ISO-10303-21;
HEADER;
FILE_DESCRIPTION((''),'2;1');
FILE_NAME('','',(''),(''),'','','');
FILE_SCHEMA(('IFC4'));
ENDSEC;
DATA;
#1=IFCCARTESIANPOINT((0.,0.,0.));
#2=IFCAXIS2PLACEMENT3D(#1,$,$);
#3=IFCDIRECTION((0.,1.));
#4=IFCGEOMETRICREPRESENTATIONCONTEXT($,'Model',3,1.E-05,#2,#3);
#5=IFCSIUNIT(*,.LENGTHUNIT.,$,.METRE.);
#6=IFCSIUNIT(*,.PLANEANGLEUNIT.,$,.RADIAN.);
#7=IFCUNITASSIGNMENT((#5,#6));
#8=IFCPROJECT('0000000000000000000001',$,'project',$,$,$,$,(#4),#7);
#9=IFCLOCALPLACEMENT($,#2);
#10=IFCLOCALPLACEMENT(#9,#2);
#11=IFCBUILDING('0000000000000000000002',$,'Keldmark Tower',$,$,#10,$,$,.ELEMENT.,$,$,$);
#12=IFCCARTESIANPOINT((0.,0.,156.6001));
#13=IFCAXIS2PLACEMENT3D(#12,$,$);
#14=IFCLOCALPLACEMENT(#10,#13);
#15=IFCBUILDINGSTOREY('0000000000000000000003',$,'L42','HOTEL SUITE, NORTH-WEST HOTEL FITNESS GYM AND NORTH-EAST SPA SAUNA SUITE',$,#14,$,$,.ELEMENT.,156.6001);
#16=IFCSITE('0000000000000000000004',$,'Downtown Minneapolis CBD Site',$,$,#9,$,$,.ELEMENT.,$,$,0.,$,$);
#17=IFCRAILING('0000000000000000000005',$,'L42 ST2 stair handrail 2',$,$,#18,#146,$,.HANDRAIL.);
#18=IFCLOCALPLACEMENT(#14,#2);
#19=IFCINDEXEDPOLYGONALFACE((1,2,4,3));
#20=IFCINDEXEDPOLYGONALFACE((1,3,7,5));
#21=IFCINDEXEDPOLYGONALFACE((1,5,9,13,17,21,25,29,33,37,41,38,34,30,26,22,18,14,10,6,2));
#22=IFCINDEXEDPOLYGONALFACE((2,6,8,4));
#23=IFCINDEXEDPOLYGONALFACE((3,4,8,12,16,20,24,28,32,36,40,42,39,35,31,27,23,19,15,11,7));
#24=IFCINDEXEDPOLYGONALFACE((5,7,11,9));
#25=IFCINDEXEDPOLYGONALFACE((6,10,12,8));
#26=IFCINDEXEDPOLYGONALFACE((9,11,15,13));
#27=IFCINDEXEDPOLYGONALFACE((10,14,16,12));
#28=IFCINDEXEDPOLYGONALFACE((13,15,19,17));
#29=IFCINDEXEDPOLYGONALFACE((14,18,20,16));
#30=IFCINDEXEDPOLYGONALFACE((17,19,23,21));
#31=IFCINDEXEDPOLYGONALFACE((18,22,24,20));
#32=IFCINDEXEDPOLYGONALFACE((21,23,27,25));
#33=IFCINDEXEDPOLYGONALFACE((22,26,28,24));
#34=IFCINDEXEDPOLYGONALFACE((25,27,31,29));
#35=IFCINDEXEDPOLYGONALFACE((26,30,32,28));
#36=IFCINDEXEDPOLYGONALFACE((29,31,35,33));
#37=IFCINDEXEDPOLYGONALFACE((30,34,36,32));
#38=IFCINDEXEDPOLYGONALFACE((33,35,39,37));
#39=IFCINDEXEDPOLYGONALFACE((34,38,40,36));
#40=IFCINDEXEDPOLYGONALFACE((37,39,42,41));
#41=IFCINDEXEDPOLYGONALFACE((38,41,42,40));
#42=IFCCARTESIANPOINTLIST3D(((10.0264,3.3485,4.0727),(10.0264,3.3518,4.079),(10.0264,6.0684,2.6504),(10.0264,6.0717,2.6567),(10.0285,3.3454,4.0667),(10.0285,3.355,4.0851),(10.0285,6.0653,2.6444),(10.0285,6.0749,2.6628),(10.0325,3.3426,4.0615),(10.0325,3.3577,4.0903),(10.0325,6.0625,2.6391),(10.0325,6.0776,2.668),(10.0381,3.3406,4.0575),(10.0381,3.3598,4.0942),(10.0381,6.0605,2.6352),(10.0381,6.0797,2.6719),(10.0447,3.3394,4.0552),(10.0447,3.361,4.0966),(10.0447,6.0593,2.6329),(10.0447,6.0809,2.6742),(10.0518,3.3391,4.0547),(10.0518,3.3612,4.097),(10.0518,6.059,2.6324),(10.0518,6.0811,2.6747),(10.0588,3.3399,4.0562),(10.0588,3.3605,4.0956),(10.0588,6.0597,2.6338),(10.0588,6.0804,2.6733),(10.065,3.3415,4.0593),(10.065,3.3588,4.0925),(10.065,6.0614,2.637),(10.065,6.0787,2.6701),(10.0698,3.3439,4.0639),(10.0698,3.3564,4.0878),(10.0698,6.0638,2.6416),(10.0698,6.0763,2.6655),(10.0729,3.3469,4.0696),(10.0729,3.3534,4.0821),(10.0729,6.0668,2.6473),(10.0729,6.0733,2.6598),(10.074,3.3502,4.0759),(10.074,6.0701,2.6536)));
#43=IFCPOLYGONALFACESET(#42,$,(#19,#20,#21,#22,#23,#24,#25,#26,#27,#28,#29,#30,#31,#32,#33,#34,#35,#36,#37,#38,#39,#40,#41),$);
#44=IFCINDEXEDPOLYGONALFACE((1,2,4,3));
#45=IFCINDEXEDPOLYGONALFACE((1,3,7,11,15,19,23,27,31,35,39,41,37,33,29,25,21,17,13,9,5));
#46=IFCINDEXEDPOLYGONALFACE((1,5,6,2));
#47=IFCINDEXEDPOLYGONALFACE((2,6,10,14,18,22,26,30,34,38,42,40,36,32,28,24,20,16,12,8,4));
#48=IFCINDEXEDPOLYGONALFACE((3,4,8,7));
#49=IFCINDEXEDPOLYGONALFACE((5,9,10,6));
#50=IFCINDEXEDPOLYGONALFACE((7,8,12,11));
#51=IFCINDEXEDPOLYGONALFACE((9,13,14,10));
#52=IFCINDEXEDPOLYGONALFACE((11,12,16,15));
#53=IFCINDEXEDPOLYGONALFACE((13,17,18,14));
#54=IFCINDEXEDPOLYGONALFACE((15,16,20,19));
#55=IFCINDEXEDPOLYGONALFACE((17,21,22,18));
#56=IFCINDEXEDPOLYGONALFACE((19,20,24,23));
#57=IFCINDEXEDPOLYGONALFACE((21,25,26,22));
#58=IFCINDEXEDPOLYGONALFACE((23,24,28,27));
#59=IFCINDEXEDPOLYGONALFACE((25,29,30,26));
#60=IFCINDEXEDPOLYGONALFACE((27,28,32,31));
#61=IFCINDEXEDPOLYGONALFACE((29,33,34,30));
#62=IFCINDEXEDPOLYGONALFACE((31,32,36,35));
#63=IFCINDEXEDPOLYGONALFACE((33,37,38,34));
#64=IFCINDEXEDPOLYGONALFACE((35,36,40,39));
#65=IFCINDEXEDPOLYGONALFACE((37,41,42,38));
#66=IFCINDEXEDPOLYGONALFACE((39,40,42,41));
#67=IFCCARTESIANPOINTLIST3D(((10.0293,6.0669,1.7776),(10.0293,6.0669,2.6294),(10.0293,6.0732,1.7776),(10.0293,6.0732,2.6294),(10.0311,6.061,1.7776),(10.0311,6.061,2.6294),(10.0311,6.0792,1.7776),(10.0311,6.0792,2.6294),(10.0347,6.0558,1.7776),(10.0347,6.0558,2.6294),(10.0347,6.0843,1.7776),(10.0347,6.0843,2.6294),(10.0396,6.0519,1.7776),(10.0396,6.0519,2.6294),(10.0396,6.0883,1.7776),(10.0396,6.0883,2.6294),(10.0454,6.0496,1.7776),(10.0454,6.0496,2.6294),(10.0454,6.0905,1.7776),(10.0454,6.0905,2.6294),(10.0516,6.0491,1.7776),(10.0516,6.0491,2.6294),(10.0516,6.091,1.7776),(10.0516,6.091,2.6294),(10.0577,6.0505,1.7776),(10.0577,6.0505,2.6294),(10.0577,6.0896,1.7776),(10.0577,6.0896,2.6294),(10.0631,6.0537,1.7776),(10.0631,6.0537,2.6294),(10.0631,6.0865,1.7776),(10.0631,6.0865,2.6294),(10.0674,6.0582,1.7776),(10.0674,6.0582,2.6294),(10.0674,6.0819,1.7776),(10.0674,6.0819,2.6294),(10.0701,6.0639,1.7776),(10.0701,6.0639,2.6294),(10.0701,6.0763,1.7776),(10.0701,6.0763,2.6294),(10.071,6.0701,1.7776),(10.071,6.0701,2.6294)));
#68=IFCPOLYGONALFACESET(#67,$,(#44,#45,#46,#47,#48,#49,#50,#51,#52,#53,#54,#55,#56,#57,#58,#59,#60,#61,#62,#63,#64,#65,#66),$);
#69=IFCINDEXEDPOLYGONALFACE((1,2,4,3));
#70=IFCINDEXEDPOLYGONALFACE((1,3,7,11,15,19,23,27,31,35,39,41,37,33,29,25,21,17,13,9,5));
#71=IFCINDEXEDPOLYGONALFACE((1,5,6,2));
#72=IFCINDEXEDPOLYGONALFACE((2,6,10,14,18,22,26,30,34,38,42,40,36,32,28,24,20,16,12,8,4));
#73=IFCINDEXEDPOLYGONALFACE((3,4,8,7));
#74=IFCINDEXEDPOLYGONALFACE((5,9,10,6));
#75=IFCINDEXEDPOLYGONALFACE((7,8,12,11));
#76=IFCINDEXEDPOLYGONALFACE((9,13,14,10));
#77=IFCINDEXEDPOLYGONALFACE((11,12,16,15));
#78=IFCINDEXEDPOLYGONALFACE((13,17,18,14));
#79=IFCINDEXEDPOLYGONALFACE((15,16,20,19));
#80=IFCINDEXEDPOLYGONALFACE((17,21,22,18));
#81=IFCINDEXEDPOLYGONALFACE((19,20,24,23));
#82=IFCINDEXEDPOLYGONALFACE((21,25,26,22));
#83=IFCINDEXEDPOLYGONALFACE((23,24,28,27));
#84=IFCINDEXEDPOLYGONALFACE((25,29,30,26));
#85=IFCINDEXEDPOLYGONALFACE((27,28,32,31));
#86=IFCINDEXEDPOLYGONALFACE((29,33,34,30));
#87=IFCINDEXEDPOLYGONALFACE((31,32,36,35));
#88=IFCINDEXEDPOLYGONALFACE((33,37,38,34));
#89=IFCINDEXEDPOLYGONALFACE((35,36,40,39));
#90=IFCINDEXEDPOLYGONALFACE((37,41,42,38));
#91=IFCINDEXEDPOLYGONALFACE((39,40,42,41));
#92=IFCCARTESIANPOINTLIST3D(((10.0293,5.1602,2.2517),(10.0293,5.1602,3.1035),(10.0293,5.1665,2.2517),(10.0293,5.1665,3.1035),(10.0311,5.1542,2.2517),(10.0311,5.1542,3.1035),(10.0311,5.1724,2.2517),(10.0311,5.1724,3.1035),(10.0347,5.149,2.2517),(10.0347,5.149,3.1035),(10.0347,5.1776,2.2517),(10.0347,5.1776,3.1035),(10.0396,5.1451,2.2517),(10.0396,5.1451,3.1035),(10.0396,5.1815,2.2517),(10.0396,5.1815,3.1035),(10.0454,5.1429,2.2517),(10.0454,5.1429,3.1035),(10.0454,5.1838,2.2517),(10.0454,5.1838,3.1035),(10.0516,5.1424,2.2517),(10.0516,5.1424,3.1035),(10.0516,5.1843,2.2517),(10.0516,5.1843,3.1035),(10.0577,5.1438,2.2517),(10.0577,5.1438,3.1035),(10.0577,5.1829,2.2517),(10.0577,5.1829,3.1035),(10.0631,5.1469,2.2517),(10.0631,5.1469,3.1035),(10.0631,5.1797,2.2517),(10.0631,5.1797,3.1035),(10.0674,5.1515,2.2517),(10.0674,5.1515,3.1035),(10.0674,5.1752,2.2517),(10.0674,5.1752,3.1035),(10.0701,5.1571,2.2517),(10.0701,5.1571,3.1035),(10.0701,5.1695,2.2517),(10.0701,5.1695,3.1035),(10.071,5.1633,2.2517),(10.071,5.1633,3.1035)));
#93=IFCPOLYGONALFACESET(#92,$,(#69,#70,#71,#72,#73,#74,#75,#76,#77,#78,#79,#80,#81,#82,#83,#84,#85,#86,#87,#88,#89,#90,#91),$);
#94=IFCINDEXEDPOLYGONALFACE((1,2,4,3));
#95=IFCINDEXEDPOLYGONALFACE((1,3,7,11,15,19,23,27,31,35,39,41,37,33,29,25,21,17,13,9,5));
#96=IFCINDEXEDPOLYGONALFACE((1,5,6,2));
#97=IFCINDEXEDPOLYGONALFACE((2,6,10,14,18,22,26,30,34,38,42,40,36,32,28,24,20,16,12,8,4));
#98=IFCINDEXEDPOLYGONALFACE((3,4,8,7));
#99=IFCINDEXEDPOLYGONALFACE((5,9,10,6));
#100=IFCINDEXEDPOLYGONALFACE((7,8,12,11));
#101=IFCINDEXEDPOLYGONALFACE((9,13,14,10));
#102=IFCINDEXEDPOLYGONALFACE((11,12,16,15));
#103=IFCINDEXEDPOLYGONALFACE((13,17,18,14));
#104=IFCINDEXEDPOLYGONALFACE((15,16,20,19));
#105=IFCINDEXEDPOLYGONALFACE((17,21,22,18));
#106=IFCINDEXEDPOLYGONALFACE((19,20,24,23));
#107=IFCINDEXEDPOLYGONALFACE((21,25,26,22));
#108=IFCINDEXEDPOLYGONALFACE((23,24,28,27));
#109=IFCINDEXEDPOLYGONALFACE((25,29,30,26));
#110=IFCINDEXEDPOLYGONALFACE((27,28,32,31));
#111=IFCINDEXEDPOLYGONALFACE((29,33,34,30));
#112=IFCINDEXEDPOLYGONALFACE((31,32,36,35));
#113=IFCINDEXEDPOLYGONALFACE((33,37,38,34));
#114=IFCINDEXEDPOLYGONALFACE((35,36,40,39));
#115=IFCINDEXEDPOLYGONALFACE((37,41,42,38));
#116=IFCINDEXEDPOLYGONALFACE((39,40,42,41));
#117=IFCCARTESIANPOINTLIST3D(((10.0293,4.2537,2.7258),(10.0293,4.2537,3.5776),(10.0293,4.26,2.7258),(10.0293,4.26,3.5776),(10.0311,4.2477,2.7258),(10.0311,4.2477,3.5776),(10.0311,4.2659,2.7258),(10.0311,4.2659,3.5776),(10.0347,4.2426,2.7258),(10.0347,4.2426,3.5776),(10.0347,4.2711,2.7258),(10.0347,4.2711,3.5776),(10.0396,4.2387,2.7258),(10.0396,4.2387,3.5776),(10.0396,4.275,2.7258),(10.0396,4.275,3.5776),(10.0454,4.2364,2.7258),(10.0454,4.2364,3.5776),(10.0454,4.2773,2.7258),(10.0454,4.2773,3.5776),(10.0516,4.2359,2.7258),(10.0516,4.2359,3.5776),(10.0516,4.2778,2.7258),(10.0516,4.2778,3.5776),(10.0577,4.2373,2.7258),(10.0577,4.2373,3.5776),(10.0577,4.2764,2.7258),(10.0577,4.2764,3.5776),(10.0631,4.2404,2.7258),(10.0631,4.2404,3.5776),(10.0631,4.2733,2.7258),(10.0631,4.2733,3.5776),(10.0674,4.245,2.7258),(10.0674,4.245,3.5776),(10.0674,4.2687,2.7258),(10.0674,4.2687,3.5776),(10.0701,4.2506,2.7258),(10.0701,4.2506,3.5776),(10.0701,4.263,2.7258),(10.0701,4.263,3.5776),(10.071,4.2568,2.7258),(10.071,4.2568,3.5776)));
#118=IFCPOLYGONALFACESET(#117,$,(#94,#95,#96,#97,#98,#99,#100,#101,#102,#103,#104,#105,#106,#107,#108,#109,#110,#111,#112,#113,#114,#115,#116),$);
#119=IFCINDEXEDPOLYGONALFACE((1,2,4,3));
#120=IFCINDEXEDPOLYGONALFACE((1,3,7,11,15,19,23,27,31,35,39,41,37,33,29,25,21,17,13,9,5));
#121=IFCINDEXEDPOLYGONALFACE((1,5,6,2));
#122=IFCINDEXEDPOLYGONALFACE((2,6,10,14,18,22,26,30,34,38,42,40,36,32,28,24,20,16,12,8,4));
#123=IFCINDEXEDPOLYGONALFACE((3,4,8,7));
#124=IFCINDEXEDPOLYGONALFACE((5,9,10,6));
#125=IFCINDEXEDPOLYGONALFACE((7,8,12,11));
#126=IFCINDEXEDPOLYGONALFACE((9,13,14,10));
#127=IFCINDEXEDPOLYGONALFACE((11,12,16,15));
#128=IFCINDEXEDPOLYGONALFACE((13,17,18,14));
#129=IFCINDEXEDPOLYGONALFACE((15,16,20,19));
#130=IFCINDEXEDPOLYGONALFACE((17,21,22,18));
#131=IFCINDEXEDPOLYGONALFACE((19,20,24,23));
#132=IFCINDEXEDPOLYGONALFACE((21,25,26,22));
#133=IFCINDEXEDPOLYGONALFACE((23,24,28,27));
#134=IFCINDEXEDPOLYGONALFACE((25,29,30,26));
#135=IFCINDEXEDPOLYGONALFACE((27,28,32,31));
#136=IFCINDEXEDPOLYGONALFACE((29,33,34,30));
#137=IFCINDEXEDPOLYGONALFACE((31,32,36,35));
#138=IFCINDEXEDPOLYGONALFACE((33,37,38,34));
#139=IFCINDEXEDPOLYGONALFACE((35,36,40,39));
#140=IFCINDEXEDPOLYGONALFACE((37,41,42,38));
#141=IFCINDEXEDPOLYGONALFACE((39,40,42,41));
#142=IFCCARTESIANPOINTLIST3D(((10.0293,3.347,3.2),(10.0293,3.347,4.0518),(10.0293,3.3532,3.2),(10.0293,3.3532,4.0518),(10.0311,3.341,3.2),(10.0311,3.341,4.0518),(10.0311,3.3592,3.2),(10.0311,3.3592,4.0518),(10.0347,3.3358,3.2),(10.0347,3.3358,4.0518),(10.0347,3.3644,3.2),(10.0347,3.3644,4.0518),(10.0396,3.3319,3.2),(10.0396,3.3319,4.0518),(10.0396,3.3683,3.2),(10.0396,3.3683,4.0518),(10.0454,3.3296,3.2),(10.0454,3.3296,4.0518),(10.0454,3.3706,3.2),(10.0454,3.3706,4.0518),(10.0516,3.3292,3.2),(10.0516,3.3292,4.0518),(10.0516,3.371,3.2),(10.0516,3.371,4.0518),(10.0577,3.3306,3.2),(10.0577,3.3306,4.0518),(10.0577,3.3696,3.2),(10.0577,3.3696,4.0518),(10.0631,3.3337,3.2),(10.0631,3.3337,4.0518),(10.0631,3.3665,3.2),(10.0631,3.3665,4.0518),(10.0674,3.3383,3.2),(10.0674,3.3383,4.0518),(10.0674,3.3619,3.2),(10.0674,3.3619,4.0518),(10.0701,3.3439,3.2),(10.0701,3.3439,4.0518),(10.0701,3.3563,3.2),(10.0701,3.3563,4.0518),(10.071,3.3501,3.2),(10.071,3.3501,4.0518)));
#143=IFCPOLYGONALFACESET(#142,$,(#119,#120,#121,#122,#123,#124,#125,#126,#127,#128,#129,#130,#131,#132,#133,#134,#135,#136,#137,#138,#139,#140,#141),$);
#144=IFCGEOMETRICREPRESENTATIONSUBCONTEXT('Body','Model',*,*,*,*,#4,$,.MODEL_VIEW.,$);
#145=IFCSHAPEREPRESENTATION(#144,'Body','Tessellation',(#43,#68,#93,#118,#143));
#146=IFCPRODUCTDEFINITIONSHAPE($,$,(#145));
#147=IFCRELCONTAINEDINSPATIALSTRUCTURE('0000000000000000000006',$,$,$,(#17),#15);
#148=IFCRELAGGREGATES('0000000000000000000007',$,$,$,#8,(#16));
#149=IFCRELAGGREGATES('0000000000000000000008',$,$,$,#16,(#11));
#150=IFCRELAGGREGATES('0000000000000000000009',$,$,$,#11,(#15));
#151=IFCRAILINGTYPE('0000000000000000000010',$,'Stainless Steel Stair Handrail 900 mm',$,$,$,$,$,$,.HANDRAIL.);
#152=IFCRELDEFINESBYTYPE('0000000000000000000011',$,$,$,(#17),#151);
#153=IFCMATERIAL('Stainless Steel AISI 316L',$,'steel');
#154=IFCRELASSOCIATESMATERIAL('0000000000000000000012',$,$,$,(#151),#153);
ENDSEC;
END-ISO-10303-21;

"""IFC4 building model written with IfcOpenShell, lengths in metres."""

from ifc_helpers import new_model, si_unit, direction, frame, origin, origin_2d, place, context, subcontext, project, spatial, circle, extrude, material, type_object, element, save


model = new_model("IFC4")

# Units and contexts
model_context = context("Model", 3, precision=1e-05, world=origin(), true_north=direction((0.0, 1.0)))
body_context = subcontext(model_context, "Body", "Model", "MODEL_VIEW")
ifc_project = project(units=[si_unit("LENGTHUNIT", "METRE"), si_unit("PLANEANGLEUNIT", "RADIAN")], contexts=[model_context])

# Site, building, storey
site_placement = place(None, origin())
site = spatial("IfcSite", under=ifc_project, at=site_placement, Name="Downtown Minneapolis CBD Site", CompositionType="ELEMENT", RefElevation=0.0)
building_placement = place(site_placement, origin())
building = spatial("IfcBuilding", under=site, at=building_placement, Name="Keldmark Tower", CompositionType="ELEMENT")
storey_placement = place(building_placement, frame((0.0, 0.0, 156.6001)))
storey = spatial("IfcBuildingStorey", under=building, at=storey_placement, Name="L42", Description="HOTEL SUITE, NORTH-WEST HOTEL FITNESS GYM AND NORTH-EAST SPA SAUNA SUITE", CompositionType="ELEMENT", Elevation=156.6001)

# Railing
ifc_material_1 = material(Name="Stainless Steel AISI 316L", Category="steel")
railing_type_1 = type_object("IfcRailingType", Name="Stainless Steel Stair Handrail 900 mm", PredefinedType="HANDRAIL", material=ifc_material_1)
railing_1_placement = place(storey_placement, frame((10.05, 6.0701, 1.7776)))
element("IfcRailing", 1, at=railing_1_placement, inside=storey, type_object=railing_type_1, Name="L42 ST2 stair handrail 2", PredefinedType="HANDRAIL", context=body_context, shape_type="SweptSolid", body=[
    extrude(circle(Radius=0.0239, at=origin_2d()), frame((0.0, 0.0, 0.876), z_axis=(0.0, -0.88615, 0.463398), x_axis=(1.0, 0.0, 0.0)), (0.0, 0.0, 1.0), 3.0693),
    extrude(circle(Radius=0.021, at=origin_2d()), origin(), (0.0, 0.0, 1.0), 0.8518),
    extrude(circle(Radius=0.021, at=origin_2d()), frame((0.0, -0.9067, 0.4741)), (0.0, 0.0, 1.0), 0.8518),
    extrude(circle(Radius=0.021, at=origin_2d()), frame((0.0, -1.8132, 0.9482)), (0.0, 0.0, 1.0), 0.8518),
    extrude(circle(Radius=0.021, at=origin_2d()), frame((0.0, -2.72, 1.4224)), (0.0, 0.0, 1.0), 0.8518),
])

save(model, "model.ifc")
